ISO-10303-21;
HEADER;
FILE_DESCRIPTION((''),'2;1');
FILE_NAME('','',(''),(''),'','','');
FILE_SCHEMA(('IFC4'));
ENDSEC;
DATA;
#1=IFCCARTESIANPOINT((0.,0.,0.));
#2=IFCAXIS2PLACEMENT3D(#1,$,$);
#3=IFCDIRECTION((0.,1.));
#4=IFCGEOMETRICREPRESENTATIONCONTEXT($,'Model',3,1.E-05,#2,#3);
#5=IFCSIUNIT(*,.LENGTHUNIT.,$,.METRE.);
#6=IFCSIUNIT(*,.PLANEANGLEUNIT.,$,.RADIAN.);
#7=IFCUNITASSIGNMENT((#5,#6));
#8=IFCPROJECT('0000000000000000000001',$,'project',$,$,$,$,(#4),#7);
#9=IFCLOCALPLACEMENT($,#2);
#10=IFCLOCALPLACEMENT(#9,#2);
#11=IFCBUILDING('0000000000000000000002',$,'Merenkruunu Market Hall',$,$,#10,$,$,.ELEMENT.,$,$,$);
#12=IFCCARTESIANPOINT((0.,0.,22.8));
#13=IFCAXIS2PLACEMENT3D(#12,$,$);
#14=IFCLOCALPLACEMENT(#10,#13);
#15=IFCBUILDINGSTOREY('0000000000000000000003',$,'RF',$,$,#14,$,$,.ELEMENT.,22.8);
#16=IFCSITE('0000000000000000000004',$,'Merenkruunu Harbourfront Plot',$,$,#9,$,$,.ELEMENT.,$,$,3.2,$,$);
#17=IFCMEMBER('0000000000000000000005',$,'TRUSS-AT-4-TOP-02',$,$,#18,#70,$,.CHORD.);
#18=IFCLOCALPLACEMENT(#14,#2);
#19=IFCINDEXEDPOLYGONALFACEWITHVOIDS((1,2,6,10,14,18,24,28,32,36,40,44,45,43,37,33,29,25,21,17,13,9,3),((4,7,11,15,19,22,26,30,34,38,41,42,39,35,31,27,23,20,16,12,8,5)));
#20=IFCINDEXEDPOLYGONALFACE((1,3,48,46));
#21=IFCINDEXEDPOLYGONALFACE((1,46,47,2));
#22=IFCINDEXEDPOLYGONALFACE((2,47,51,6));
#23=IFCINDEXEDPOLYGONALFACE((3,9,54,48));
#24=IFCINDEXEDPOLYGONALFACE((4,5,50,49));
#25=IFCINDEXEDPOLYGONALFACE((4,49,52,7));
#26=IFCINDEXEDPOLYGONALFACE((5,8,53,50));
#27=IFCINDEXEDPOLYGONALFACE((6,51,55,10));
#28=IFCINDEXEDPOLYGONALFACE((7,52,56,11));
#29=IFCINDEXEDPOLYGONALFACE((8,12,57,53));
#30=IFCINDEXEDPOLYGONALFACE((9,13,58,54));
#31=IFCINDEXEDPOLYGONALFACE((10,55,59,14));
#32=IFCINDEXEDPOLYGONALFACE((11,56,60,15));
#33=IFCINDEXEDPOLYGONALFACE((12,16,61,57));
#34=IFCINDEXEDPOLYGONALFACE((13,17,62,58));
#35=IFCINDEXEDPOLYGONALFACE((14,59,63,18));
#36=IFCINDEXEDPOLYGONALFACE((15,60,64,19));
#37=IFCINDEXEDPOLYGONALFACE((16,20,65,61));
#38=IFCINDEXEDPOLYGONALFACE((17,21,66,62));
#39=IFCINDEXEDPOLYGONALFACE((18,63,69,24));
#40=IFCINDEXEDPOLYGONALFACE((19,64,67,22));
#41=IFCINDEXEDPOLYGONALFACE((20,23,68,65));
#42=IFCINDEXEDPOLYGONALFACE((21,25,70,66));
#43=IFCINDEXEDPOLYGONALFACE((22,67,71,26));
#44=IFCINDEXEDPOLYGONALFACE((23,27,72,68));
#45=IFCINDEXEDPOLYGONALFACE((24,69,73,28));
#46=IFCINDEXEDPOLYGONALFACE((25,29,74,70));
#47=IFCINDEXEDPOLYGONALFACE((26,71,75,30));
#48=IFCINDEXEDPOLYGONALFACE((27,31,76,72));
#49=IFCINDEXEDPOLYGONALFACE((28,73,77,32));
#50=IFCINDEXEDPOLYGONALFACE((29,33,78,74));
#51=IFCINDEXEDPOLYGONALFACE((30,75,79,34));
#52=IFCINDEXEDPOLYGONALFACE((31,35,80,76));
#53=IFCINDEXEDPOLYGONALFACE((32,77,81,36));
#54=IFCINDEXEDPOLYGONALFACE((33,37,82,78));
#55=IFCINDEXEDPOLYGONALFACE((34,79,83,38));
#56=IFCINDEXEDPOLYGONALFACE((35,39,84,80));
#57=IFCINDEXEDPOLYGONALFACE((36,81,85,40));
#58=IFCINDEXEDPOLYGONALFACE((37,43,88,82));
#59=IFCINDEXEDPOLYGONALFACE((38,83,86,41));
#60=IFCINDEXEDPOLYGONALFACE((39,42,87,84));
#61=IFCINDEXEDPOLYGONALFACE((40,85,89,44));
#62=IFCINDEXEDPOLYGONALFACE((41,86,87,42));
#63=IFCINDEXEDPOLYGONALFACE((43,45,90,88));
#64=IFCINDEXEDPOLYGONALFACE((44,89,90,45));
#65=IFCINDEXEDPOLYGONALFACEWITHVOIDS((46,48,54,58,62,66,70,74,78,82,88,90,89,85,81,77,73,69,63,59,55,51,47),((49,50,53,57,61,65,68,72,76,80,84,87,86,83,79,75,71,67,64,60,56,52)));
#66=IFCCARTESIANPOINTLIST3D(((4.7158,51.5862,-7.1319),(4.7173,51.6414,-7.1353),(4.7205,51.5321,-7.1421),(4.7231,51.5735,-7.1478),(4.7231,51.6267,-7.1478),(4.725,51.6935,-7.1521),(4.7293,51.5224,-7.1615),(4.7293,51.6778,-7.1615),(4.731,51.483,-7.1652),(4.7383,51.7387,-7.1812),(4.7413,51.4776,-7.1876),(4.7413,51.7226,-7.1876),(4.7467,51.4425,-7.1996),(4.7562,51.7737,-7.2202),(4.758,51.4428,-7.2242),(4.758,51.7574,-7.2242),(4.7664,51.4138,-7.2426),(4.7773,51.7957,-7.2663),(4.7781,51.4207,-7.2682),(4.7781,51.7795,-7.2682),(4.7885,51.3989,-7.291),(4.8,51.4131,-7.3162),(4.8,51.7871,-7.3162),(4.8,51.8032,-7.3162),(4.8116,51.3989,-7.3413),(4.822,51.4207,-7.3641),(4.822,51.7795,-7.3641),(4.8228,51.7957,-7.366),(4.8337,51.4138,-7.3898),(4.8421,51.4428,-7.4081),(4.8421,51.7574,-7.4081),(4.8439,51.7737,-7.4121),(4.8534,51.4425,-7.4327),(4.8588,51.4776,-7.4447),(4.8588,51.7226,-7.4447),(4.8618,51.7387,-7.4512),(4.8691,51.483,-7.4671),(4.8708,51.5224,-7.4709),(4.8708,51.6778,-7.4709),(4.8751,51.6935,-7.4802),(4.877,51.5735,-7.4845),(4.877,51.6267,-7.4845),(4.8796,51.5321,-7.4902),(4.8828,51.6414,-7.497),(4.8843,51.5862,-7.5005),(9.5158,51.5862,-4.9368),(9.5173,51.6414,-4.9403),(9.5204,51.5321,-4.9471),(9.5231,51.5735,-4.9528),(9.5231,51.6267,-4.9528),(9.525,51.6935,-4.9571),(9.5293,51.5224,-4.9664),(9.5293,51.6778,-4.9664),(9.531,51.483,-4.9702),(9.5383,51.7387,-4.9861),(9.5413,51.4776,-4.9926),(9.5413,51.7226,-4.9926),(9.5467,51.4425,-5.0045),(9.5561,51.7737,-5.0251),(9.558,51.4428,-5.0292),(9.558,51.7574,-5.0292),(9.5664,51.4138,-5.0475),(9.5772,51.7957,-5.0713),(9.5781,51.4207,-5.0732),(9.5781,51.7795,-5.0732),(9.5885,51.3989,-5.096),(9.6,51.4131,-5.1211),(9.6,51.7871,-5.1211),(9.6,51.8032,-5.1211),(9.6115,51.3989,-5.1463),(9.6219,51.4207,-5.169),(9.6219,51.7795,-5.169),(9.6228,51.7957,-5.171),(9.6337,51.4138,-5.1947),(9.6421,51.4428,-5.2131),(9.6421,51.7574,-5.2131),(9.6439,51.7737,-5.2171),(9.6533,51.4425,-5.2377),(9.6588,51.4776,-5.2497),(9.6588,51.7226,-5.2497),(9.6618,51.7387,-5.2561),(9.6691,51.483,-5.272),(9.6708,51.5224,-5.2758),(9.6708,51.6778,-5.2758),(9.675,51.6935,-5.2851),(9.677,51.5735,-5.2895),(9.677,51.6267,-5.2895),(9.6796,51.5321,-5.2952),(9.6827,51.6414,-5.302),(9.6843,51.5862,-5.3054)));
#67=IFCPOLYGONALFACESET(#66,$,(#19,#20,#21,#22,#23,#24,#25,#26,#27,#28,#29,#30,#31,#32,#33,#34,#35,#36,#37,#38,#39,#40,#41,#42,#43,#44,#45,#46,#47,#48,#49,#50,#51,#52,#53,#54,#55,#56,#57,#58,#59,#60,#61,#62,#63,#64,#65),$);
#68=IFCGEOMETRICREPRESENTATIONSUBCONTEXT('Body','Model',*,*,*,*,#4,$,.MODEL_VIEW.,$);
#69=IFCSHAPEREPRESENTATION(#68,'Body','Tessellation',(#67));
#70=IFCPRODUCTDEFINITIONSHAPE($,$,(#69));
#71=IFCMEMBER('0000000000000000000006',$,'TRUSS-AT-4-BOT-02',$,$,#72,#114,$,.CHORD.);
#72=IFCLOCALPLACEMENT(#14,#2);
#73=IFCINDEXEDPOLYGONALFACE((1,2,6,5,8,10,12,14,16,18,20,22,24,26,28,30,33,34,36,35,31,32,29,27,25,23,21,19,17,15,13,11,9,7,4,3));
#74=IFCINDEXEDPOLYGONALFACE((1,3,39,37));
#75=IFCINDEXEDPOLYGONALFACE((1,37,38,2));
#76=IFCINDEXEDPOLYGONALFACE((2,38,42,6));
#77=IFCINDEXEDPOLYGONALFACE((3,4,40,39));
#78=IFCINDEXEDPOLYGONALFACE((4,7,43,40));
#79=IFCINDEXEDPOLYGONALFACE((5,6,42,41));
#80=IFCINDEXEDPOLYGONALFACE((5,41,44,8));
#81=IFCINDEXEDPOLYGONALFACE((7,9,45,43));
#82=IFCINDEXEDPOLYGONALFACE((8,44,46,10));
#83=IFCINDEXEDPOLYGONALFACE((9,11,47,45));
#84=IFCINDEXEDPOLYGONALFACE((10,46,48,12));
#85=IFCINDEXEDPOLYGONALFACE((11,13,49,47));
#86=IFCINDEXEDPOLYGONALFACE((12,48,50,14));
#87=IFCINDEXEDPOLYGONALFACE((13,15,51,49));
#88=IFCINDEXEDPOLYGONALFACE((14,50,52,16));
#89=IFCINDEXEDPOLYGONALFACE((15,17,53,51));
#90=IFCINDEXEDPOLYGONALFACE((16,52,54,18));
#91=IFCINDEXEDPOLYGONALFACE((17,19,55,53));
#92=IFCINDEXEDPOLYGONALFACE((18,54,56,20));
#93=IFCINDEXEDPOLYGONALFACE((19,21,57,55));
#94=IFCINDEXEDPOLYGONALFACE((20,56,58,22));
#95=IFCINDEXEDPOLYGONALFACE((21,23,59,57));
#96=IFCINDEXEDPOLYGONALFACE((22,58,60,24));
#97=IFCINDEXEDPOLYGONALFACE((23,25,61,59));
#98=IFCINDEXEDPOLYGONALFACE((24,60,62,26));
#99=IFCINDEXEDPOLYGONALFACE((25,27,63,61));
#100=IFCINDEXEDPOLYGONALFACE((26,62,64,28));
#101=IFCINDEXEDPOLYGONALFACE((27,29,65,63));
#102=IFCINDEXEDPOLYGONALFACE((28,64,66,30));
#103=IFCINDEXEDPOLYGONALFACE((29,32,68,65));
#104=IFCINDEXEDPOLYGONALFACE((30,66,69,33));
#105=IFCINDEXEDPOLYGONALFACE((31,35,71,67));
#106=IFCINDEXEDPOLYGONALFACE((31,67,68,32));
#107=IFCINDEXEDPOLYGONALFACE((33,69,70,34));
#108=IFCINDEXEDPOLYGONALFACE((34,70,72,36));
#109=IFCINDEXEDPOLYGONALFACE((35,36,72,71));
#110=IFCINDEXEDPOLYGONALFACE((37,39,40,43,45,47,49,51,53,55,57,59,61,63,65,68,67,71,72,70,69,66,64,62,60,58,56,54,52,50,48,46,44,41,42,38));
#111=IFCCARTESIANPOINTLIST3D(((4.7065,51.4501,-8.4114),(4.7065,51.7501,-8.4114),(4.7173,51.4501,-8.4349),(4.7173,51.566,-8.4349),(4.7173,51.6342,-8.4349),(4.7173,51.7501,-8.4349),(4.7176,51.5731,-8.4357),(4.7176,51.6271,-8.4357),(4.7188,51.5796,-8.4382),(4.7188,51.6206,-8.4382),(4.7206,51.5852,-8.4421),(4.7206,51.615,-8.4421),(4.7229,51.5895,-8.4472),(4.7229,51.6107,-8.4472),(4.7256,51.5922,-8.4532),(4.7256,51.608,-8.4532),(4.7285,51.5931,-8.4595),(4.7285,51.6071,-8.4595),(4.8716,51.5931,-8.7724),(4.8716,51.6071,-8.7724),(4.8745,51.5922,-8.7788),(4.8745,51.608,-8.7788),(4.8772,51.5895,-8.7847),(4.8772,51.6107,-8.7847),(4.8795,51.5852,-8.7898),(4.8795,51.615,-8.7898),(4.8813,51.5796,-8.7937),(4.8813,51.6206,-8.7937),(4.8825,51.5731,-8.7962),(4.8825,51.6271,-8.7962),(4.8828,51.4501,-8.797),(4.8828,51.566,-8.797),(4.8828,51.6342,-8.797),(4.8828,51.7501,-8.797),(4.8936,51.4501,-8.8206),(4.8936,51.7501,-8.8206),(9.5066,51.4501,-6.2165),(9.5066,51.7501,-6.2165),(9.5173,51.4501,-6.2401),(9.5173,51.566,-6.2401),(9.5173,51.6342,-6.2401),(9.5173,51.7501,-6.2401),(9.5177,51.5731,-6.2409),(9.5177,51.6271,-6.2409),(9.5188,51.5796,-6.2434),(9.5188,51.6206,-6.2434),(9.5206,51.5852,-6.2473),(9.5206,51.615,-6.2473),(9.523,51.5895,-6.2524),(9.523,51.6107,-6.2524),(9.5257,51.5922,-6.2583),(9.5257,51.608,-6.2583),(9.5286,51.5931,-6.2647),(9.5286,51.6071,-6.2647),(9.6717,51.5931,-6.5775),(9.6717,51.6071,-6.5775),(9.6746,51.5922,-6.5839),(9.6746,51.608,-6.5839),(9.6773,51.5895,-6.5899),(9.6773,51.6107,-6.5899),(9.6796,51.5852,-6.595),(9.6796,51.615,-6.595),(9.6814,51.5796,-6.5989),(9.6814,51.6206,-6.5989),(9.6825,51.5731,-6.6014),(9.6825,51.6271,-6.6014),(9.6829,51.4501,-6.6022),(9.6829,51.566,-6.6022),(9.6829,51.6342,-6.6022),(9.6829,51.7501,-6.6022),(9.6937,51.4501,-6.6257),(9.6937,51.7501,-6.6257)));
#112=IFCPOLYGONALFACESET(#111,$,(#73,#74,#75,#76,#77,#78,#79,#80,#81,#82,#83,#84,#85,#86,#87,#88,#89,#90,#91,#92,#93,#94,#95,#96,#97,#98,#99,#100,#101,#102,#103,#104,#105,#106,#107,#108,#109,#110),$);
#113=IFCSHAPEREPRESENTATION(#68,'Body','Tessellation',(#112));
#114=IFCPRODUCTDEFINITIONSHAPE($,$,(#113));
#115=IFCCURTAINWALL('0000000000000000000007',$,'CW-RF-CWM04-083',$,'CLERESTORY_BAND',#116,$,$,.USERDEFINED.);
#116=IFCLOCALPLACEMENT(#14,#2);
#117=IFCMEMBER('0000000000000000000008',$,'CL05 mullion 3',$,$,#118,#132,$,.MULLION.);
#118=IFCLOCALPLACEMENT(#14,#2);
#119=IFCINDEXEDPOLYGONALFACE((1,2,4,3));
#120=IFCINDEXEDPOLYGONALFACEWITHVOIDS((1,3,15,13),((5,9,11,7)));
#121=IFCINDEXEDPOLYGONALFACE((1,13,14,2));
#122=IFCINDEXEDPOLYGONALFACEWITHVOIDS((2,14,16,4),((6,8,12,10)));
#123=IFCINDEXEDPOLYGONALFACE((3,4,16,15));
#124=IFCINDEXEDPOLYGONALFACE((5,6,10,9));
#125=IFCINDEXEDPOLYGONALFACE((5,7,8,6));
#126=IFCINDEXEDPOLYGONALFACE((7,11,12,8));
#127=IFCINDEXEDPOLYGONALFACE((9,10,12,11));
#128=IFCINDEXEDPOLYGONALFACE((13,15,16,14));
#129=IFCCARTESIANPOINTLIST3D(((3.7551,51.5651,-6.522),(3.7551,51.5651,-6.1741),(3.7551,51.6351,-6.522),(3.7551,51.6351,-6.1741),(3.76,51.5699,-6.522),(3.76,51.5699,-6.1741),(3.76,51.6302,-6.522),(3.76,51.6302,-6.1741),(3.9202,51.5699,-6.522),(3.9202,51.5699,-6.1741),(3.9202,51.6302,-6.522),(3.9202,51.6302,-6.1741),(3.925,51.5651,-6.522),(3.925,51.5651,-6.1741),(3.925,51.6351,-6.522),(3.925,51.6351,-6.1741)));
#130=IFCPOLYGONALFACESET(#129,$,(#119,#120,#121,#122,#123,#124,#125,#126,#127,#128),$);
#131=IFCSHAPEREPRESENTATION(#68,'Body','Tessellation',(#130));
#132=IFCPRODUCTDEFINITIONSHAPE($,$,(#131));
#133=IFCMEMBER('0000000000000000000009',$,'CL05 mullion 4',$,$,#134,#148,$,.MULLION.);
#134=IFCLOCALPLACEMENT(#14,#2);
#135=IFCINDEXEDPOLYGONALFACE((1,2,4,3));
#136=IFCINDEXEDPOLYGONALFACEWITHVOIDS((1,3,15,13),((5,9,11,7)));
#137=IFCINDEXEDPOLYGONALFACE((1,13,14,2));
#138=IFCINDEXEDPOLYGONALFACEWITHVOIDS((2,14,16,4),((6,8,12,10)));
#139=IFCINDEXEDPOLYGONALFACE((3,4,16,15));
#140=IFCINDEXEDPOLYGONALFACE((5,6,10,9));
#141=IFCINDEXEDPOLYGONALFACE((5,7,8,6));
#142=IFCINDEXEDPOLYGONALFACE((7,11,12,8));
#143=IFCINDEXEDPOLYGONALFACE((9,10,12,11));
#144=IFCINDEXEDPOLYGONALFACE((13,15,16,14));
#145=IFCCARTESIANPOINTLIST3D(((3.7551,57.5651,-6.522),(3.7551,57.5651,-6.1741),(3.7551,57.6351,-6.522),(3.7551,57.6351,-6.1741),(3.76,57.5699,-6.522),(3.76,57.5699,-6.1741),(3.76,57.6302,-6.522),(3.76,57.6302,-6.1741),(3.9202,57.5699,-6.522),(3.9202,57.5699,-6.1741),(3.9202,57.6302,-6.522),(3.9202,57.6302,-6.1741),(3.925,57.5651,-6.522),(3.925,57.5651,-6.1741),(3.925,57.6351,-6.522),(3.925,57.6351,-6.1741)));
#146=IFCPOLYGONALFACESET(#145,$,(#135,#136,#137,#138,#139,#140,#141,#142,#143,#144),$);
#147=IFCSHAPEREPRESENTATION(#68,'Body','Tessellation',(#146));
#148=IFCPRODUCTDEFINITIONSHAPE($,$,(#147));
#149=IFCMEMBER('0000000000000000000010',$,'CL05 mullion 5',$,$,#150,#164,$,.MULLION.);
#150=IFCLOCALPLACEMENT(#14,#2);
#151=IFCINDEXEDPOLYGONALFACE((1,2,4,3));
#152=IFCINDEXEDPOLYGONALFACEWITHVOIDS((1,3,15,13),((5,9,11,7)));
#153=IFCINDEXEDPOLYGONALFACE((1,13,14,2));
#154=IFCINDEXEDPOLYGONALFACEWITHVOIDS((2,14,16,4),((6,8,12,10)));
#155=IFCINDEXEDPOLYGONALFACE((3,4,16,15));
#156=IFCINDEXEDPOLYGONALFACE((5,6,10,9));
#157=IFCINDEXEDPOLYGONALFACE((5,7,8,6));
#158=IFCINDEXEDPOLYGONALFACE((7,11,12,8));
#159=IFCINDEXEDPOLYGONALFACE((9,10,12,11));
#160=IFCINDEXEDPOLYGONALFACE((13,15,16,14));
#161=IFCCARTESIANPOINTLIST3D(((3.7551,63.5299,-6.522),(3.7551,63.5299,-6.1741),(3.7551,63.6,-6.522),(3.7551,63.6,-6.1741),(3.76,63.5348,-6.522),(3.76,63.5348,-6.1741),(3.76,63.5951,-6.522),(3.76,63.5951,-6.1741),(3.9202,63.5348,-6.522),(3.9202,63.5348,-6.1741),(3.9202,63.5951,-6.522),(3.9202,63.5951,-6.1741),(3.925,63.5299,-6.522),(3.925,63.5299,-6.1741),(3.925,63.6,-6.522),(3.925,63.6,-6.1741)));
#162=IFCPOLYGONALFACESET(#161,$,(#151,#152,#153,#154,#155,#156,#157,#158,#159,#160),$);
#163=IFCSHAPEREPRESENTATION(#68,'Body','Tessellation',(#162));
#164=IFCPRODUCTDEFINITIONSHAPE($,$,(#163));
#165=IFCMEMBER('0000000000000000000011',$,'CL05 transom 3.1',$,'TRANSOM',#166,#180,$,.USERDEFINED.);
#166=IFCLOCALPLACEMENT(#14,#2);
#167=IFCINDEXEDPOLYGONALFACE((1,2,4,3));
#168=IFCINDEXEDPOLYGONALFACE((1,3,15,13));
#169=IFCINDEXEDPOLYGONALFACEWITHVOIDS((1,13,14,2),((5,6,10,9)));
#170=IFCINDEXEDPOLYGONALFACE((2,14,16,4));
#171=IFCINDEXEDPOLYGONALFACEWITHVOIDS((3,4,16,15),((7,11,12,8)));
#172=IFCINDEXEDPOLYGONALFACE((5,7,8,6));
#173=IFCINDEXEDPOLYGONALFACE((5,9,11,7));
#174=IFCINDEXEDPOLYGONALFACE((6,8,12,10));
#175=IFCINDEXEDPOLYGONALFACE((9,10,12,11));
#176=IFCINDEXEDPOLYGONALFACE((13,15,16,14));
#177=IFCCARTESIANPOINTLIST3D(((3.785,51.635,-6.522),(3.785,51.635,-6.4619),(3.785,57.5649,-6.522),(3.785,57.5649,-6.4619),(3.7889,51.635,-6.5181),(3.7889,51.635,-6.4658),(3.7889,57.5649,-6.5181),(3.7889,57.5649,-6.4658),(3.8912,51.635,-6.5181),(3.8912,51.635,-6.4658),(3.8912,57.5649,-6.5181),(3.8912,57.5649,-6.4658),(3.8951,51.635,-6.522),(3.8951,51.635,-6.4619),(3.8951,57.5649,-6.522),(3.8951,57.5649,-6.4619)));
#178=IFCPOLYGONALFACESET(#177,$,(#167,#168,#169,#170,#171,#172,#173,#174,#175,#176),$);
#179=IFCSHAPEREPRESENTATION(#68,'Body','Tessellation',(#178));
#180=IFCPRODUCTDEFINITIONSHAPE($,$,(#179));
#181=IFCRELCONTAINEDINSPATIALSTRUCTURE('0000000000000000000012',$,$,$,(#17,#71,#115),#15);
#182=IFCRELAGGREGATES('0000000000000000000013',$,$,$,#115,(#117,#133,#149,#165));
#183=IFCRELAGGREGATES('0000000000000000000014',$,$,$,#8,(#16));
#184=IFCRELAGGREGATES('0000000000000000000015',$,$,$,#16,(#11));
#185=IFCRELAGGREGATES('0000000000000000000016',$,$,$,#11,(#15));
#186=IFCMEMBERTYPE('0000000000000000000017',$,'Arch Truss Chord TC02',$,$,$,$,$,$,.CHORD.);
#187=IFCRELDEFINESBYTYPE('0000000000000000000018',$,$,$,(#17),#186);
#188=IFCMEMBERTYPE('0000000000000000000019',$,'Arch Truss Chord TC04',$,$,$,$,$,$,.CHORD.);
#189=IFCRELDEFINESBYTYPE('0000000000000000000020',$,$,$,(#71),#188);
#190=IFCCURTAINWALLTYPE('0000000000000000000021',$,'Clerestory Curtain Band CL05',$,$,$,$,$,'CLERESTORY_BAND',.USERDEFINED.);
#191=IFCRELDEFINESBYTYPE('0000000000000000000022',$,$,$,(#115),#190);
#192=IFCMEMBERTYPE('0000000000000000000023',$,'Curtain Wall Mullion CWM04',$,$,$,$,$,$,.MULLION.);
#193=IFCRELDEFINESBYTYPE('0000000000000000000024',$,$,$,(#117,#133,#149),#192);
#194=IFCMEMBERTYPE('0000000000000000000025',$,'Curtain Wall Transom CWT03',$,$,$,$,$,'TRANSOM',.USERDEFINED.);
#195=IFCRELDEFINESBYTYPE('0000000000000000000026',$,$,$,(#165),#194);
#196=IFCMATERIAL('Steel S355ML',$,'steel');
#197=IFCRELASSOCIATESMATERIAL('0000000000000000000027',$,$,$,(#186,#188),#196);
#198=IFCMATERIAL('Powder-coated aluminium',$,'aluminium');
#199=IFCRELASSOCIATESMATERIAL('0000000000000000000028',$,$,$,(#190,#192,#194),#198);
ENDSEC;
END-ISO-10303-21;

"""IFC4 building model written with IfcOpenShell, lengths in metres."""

from ifc_helpers import new_model, si_unit, direction, frame, origin, origin_2d, place, context, subcontext, project, spatial, hollow_rectangle, hollow_circle, i_section, extrude, material, material_profile, profile_set, type_object, element, aggregate, save


model = new_model("IFC4")

# Units and contexts
model_context = context("Model", 3, precision=1e-05, world=origin(), true_north=direction((0.0, 1.0)))
body_context = subcontext(model_context, "Body", "Model", "MODEL_VIEW")
ifc_project = project(units=[si_unit("LENGTHUNIT", "METRE"), si_unit("PLANEANGLEUNIT", "RADIAN")], contexts=[model_context])

# Site, building, storey
site_placement = place(None, origin())
site = spatial("IfcSite", under=ifc_project, at=site_placement, Name="Merenkruunu Harbourfront Plot", CompositionType="ELEMENT", RefElevation=3.2)
building_placement = place(site_placement, origin())
building = spatial("IfcBuilding", under=site, at=building_placement, Name="Merenkruunu Market Hall", CompositionType="ELEMENT")
storey_placement = place(building_placement, frame((0.0, 0.0, 22.8)))
storey = spatial("IfcBuildingStorey", under=building, at=storey_placement, Name="RF", CompositionType="ELEMENT", Elevation=22.8)

# Members
ifc_material_1 = material(Name="Steel S355ML", Category="steel")
ifc_material_profile_1 = material_profile(ifc_material_1, hollow_circle(Radius=0.2031, WallThickness=0.0161, at=origin_2d()), Name="CHS 406.4x16")
ifc_profile_set_1 = profile_set([ifc_material_profile_1], Name="Steel S355ML")
member_type_1 = type_object("IfcMemberType", Name="Arch Truss Chord TC02", PredefinedType="CHORD", material=ifc_profile_set_1)
member_1_placement = place(storey_placement, frame((4.8, 51.6001, -7.3162), z_axis=(0.90942, 0.0, 0.415879), x_axis=(0.0, 1.0, 0.0)))
element("IfcMember", 1, at=member_1_placement, inside=storey, type_object=member_type_1, Name="TRUSS-AT-4-TOP-02", PredefinedType="CHORD", context=body_context, shape_type="SweptSolid", body=[
    extrude(hollow_circle(Radius=0.2031, WallThickness=0.0161, at=origin_2d()), origin(), (0.0, 0.0, 1.0), 5.2781),
])
ifc_material_profile_2 = material_profile(ifc_material_1, i_section(OverallWidth=0.3, OverallDepth=0.45, WebThickness=0.0139, FlangeThickness=0.0259, FilletRadius=0.0271, at=origin_2d()), Name="HEB 450")
ifc_profile_set_2 = profile_set([ifc_material_profile_2], Name="Steel S355ML")
member_type_2 = type_object("IfcMemberType", Name="Arch Truss Chord TC04", PredefinedType="CHORD", material=ifc_profile_set_2)
member_2_placement = place(storey_placement, frame((4.8, 51.6001, -8.616), z_axis=(0.909437, 0.0, 0.415841), x_axis=(0.0, 1.0, 0.0)))
element("IfcMember", 2, at=member_2_placement, inside=storey, type_object=member_type_2, Name="TRUSS-AT-4-BOT-02", PredefinedType="CHORD", context=body_context, shape_type="SweptSolid", body=[
    extrude(i_section(OverallWidth=0.3, OverallDepth=0.45, WebThickness=0.0139, FlangeThickness=0.0259, FilletRadius=0.0271, at=origin_2d()), origin(), (0.0, 0.0, 1.0), 5.2781),
])

# Curtain wall, members
ifc_material_2 = material(Name="Powder-coated aluminium", Category="aluminium")
curtain_wall_type = type_object("IfcCurtainWallType", Name="Clerestory Curtain Band CL05", ElementType="CLERESTORY_BAND", PredefinedType="USERDEFINED", material=ifc_material_2)
curtain_wall_placement = place(storey_placement, origin())
curtain_wall = element("IfcCurtainWall", 3, at=curtain_wall_placement, inside=storey, type_object=curtain_wall_type, Name="CW-RF-CWM04-083", ObjectType="CLERESTORY_BAND", PredefinedType="USERDEFINED")
ifc_material_profile_3 = material_profile(ifc_material_2, hollow_rectangle(XDim=0.0701, YDim=0.1699, WallThickness=0.0049, at=origin_2d()), Name="ALU 70x170x5")
ifc_profile_set_3 = profile_set([ifc_material_profile_3], Name="Powder-coated aluminium")
member_type_3 = type_object("IfcMemberType", Name="Curtain Wall Mullion CWM04", PredefinedType="MULLION", material=ifc_profile_set_3)
member_3_placement = place(storey_placement, frame((3.8401, 51.6001, -6.522), z_axis=(0.0, 0.0, 1.0), x_axis=(0.0, 1.0, 0.0)))
member_3 = element("IfcMember", 4, at=member_3_placement, type_object=member_type_3, Name="CL05 mullion 3", PredefinedType="MULLION", context=body_context, shape_type="SweptSolid", body=[
    extrude(hollow_rectangle(XDim=0.0701, YDim=0.1699, WallThickness=0.0049, at=origin_2d()), origin(), (0.0, 0.0, 1.0), 0.3479),
])
member_4_placement = place(storey_placement, frame((3.8401, 57.6001, -6.522), z_axis=(0.0, 0.0, 1.0), x_axis=(0.0, 1.0, 0.0)))
member_4 = element("IfcMember", 5, at=member_4_placement, type_object=member_type_3, Name="CL05 mullion 4", PredefinedType="MULLION", context=body_context, shape_type="SweptSolid", body=[
    extrude(hollow_rectangle(XDim=0.0701, YDim=0.1699, WallThickness=0.0049, at=origin_2d()), origin(), (0.0, 0.0, 1.0), 0.3479),
])
member_5_placement = place(storey_placement, frame((3.8401, 63.5649, -6.522), z_axis=(0.0, 0.0, 1.0), x_axis=(0.0, 1.0, 0.0)))
member_5 = element("IfcMember", 6, at=member_5_placement, type_object=member_type_3, Name="CL05 mullion 5", PredefinedType="MULLION", context=body_context, shape_type="SweptSolid", body=[
    extrude(hollow_rectangle(XDim=0.0701, YDim=0.1699, WallThickness=0.0049, at=origin_2d()), origin(), (0.0, 0.0, 1.0), 0.3479),
])
ifc_material_profile_4 = material_profile(ifc_material_2, hollow_rectangle(XDim=0.0601, YDim=0.1101, WallThickness=0.0039, at=origin_2d()), Name="ALU 60x110x4")
ifc_profile_set_4 = profile_set([ifc_material_profile_4], Name="Powder-coated aluminium")
member_type_4 = type_object("IfcMemberType", Name="Curtain Wall Transom CWT03", ElementType="TRANSOM", PredefinedType="USERDEFINED", material=ifc_profile_set_4)
member_6_placement = place(storey_placement, frame((3.8401, 51.635, -6.4919), z_axis=(0.0, 1.0, 0.0), x_axis=(0.0, 0.0, 1.0)))
member_6 = element("IfcMember", 7, at=member_6_placement, type_object=member_type_4, Name="CL05 transom 3.1", ObjectType="TRANSOM", PredefinedType="USERDEFINED", context=body_context, shape_type="SweptSolid", body=[
    extrude(hollow_rectangle(XDim=0.0601, YDim=0.1101, WallThickness=0.0039, at=origin_2d()), origin(), (0.0, 0.0, 1.0), 5.9299),
])

aggregate(curtain_wall, [member_3, member_4, member_5, member_6])

save(model, "model.ifc")
